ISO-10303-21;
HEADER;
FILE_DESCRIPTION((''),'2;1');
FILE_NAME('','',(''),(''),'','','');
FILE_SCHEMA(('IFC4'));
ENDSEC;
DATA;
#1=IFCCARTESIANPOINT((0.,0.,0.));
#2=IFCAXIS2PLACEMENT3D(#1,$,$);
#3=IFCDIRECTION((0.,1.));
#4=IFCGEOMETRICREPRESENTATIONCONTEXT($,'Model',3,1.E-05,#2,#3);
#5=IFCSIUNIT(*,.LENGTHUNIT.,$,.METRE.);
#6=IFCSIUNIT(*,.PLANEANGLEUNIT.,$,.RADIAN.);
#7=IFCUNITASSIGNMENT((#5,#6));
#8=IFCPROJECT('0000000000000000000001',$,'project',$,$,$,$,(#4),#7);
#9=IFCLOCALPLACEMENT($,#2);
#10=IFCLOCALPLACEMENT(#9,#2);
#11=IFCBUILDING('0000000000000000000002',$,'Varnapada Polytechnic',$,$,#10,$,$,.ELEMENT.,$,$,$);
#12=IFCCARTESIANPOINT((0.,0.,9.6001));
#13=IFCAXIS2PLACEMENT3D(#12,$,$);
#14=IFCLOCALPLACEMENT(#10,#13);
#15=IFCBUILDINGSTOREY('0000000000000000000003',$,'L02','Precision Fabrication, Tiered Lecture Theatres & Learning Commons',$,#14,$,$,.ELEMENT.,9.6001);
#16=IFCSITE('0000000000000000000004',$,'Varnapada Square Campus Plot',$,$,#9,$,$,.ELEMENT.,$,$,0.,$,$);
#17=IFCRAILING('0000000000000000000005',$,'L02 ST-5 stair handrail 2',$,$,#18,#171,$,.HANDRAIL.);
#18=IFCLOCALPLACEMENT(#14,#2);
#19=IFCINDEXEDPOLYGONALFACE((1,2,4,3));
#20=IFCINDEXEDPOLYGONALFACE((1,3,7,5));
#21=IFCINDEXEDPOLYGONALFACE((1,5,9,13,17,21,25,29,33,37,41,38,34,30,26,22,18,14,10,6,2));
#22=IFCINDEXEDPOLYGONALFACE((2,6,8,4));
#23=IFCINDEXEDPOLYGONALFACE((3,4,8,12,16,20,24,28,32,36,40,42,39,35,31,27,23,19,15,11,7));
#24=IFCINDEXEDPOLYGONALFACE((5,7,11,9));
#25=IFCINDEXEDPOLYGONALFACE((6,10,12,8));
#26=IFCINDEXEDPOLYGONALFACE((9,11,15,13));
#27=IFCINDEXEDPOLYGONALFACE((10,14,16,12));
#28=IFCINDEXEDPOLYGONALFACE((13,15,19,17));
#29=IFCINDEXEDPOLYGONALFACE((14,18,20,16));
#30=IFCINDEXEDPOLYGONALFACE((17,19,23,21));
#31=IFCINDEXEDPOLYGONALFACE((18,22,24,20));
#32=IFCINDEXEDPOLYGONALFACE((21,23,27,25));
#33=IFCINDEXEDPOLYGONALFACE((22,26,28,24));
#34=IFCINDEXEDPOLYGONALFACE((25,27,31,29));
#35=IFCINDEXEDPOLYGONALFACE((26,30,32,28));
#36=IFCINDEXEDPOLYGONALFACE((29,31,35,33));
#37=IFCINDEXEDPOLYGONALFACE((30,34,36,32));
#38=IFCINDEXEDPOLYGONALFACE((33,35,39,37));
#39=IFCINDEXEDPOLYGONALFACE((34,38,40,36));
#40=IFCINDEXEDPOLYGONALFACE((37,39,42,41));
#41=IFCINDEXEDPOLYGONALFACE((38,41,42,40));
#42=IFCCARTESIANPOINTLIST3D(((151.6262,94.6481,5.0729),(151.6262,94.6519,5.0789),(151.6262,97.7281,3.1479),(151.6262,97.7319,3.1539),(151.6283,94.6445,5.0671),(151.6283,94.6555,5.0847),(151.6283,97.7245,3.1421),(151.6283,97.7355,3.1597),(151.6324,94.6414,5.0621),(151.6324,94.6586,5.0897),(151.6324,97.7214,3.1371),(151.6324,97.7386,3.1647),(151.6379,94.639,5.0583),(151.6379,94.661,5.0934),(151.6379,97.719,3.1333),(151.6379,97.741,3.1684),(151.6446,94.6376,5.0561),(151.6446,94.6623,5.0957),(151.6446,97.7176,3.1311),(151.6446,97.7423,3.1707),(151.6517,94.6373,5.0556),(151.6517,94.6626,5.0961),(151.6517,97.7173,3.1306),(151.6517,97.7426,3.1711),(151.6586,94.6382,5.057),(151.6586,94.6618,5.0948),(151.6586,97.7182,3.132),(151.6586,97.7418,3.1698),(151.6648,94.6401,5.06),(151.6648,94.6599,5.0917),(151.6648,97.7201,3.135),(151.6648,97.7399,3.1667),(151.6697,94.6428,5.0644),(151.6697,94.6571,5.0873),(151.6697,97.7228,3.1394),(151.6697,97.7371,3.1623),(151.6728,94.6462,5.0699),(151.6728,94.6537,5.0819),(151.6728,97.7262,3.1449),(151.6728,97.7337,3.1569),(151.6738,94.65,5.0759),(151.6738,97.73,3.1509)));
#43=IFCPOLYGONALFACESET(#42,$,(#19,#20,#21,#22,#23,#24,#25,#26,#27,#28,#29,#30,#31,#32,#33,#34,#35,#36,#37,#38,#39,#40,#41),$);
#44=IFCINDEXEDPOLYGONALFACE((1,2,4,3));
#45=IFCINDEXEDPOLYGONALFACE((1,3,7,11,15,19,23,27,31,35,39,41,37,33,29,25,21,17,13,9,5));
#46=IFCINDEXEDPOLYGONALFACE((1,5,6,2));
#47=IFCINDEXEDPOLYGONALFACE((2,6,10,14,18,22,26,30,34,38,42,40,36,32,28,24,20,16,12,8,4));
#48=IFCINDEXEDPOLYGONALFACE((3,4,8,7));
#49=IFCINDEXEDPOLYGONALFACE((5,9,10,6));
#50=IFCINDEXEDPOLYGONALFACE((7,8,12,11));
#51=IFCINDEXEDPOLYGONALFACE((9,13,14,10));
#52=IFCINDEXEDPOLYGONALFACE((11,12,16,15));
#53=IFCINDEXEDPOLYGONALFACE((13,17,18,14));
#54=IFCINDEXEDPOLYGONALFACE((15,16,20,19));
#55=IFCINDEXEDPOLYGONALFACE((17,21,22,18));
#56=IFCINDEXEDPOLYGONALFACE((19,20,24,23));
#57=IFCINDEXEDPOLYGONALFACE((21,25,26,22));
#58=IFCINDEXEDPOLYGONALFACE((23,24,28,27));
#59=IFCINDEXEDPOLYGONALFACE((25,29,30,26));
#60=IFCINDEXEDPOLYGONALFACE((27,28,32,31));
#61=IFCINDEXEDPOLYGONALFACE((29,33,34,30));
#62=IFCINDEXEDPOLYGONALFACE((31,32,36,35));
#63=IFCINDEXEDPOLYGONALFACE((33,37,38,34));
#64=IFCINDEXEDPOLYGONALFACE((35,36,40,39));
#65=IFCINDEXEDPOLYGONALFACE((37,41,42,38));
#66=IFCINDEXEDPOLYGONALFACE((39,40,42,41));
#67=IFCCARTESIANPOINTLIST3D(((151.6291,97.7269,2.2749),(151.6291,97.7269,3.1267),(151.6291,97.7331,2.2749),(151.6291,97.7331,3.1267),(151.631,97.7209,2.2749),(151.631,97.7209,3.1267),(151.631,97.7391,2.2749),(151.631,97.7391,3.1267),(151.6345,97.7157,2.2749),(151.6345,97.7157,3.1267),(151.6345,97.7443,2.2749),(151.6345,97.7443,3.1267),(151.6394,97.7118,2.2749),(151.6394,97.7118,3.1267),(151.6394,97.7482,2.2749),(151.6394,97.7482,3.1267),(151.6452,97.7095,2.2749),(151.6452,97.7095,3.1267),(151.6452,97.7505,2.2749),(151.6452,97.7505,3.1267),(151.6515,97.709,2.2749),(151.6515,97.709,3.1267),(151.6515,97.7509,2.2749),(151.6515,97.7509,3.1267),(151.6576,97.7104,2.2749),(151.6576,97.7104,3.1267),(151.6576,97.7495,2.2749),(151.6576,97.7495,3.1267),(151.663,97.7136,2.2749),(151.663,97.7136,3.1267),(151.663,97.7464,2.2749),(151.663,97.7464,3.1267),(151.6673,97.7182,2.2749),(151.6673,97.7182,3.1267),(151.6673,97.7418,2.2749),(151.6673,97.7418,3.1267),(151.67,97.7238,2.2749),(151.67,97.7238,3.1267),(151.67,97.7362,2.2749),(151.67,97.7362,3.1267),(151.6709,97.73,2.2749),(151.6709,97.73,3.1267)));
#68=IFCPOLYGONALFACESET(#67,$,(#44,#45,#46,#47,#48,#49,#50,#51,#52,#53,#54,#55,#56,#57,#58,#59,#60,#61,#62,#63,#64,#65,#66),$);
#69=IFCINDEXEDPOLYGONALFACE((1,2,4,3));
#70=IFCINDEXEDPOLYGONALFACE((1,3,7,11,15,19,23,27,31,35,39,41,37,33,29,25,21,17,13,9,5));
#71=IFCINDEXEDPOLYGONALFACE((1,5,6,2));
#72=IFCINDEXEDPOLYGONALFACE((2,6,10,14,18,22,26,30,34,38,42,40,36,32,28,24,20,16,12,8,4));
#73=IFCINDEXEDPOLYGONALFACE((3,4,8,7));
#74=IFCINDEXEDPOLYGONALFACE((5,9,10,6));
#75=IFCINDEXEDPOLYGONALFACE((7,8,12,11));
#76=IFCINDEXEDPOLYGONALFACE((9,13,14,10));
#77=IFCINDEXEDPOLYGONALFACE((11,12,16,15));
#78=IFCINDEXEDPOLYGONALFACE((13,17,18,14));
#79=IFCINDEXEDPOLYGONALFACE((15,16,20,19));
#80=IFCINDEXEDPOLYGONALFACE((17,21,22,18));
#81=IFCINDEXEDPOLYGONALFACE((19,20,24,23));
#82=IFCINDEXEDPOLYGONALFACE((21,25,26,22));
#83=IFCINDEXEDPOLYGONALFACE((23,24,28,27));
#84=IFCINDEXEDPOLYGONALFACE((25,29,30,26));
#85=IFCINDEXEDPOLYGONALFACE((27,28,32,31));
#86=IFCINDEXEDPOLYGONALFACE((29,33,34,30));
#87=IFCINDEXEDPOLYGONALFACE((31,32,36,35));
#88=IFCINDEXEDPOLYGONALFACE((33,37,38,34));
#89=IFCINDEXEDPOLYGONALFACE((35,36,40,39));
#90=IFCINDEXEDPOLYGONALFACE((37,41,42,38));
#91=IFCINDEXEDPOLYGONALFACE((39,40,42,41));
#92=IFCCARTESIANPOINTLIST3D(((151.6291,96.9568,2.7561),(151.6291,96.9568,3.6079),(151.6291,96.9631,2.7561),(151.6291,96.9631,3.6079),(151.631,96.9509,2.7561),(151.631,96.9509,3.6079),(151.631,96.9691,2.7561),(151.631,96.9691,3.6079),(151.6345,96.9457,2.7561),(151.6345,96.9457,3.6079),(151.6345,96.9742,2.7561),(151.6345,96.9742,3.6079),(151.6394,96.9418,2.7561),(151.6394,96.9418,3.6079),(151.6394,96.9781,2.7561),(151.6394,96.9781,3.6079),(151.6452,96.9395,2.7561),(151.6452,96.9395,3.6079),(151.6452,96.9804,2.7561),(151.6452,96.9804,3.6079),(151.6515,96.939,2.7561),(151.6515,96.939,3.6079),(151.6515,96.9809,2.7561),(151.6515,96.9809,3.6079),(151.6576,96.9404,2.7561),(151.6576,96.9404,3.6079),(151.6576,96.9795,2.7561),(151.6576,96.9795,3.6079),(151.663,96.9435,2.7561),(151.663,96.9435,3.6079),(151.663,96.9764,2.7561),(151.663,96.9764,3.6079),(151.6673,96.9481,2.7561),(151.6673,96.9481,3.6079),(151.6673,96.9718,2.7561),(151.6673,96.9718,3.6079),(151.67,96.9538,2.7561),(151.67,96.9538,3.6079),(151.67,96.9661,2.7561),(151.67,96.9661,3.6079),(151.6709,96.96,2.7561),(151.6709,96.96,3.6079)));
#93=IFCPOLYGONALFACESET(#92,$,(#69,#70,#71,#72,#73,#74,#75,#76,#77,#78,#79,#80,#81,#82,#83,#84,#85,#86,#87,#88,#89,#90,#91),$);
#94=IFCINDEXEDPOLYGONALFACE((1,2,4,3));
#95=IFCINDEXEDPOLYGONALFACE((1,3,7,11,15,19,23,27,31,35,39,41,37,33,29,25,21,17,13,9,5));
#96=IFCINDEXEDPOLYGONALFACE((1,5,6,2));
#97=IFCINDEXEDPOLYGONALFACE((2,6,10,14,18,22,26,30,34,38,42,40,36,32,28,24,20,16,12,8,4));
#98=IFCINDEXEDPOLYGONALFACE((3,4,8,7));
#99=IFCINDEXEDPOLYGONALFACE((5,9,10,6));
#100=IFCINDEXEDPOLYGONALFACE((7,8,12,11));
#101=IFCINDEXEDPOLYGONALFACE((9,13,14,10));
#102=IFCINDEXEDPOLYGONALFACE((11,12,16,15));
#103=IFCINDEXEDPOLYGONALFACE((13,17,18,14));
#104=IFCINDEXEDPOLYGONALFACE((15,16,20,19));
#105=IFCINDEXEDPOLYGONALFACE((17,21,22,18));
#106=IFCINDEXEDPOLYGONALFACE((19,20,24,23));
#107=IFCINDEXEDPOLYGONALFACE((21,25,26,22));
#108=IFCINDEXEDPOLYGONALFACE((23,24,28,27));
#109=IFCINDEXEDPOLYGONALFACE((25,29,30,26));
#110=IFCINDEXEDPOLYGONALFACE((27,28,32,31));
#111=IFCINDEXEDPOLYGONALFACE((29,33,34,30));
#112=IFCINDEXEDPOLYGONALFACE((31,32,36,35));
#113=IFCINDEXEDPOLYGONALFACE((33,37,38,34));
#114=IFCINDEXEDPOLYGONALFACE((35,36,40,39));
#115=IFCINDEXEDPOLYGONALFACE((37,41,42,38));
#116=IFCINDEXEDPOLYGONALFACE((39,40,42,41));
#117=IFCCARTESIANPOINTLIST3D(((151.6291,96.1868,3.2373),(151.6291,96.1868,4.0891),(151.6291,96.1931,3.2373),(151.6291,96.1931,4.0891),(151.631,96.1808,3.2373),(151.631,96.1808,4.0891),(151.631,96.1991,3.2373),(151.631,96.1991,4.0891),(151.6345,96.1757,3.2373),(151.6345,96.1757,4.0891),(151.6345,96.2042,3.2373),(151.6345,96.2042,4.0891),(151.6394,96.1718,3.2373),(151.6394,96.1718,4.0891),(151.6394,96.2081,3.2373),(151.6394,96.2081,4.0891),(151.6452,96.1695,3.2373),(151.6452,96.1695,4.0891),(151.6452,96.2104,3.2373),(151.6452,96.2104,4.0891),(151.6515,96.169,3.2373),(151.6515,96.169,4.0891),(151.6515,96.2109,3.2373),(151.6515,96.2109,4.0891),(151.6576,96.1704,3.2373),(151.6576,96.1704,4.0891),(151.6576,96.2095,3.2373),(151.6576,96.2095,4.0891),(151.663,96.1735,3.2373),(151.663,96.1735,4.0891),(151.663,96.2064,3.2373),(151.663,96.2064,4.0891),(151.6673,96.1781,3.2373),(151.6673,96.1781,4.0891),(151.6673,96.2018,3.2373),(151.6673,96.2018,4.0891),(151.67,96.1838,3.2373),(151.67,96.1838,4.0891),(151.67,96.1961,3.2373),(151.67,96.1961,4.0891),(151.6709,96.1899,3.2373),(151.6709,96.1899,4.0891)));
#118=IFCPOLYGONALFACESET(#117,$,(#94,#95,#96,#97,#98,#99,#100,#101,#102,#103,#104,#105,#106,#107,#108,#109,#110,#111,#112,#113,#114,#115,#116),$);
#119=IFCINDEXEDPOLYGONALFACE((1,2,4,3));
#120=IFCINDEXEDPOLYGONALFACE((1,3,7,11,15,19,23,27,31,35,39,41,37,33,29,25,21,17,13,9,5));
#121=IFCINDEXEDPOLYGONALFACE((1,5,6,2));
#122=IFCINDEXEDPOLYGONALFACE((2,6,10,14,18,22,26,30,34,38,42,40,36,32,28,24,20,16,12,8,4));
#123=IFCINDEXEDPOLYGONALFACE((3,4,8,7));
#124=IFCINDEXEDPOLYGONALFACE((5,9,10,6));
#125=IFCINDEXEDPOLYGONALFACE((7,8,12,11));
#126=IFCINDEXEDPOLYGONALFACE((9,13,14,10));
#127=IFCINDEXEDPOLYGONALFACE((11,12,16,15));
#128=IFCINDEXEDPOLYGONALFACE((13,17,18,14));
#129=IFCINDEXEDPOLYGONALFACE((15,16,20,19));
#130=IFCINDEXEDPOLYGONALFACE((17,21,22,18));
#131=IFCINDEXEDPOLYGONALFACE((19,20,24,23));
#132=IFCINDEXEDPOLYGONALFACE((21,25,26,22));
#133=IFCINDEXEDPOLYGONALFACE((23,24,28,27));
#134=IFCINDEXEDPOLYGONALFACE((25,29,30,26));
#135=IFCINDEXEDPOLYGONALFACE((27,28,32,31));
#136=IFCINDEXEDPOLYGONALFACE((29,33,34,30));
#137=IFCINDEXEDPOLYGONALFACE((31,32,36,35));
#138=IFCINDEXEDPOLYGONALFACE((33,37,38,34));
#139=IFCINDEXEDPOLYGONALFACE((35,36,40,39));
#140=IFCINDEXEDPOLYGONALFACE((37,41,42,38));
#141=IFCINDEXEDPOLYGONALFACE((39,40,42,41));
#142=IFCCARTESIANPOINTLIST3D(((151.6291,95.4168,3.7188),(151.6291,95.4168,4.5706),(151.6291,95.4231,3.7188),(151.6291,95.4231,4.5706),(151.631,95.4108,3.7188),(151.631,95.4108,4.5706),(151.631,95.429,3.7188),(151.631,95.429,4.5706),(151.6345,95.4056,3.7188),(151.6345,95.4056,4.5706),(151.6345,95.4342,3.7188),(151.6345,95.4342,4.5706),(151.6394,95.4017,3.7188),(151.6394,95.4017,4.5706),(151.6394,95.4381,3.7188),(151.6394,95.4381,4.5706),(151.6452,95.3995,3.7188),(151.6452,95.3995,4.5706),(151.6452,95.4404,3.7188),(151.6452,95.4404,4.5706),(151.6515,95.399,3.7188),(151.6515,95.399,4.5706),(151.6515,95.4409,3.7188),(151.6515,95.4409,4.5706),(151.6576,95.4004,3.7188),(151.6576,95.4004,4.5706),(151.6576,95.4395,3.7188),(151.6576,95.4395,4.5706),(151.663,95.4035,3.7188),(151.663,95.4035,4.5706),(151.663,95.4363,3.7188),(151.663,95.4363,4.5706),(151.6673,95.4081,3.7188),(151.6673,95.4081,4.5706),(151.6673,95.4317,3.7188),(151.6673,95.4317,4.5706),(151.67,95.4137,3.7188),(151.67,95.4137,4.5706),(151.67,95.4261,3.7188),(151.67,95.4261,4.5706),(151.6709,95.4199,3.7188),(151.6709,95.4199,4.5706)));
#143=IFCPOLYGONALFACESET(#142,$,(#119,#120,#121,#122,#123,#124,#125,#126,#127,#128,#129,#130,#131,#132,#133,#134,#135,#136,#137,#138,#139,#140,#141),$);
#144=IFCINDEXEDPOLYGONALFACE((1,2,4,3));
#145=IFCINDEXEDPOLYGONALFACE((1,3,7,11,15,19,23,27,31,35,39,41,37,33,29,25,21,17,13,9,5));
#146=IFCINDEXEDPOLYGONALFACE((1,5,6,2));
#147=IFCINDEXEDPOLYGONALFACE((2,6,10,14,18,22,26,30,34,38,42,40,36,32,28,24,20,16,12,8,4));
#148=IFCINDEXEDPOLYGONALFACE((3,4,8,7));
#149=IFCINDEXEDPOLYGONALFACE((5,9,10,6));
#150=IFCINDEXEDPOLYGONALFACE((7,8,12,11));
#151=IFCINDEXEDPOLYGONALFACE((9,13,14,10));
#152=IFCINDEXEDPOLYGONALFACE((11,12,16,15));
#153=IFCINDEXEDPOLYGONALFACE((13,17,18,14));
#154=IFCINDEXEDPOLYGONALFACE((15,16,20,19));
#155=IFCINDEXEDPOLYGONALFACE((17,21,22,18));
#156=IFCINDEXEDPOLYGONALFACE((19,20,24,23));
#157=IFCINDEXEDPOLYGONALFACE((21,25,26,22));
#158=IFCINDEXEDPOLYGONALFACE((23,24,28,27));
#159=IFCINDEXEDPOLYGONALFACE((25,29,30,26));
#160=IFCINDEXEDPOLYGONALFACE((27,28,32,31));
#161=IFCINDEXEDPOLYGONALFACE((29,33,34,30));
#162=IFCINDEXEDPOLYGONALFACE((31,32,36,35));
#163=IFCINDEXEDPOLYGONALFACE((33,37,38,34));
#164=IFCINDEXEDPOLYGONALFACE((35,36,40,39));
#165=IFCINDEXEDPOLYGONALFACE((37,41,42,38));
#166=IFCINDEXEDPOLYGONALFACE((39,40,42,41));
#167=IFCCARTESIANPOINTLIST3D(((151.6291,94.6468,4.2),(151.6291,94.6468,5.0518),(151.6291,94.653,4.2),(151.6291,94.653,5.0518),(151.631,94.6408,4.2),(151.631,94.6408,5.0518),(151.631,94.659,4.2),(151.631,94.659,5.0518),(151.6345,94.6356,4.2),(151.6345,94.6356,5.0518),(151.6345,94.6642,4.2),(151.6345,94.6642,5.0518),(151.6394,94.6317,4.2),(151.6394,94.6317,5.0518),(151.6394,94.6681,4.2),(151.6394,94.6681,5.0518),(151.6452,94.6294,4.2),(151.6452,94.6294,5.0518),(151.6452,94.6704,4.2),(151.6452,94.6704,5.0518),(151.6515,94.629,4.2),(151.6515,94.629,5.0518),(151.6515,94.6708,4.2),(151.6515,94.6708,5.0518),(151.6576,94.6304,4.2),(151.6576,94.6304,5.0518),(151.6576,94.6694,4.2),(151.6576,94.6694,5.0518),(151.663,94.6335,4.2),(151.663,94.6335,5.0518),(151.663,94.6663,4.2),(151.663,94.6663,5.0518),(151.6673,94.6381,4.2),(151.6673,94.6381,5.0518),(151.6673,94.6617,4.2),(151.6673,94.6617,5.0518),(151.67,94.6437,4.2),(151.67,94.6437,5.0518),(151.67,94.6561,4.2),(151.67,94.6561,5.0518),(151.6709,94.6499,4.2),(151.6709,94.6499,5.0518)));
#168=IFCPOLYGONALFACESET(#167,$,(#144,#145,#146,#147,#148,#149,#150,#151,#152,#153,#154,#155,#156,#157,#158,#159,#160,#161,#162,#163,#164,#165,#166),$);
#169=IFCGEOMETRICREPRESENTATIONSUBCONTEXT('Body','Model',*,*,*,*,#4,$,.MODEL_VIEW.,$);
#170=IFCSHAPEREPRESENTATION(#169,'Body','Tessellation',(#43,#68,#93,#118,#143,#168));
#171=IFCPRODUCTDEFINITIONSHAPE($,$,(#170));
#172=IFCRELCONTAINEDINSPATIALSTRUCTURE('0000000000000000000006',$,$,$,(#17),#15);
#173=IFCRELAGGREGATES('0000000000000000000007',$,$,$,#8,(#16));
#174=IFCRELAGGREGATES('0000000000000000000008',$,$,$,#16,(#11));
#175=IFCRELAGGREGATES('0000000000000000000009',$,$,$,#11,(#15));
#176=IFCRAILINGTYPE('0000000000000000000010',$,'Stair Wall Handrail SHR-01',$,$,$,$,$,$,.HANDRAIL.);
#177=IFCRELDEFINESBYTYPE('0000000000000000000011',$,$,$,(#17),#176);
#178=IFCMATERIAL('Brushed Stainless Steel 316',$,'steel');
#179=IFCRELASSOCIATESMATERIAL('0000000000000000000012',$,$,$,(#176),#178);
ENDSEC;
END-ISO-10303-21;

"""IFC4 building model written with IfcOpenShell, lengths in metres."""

from ifc_helpers import new_model, si_unit, direction, frame, origin, origin_2d, place, context, subcontext, project, spatial, circle, extrude, material, type_object, element, save


model = new_model("IFC4")

# Units and contexts
model_context = context("Model", 3, precision=1e-05, world=origin(), true_north=direction((0.0, 1.0)))
body_context = subcontext(model_context, "Body", "Model", "MODEL_VIEW")
ifc_project = project(units=[si_unit("LENGTHUNIT", "METRE"), si_unit("PLANEANGLEUNIT", "RADIAN")], contexts=[model_context])

# Site, building, storey
site_placement = place(None, origin())
site = spatial("IfcSite", under=ifc_project, at=site_placement, Name="Varnapada Square Campus Plot", CompositionType="ELEMENT", RefElevation=0.0)
building_placement = place(site_placement, origin())
building = spatial("IfcBuilding", under=site, at=building_placement, Name="Varnapada Polytechnic", CompositionType="ELEMENT")
storey_placement = place(building_placement, frame((0.0, 0.0, 9.6001)))
storey = spatial("IfcBuildingStorey", under=building, at=storey_placement, Name="L02", Description="Precision Fabrication, Tiered Lecture Theatres & Learning Commons", CompositionType="ELEMENT", Elevation=9.6001)

# Railing
ifc_material_1 = material(Name="Brushed Stainless Steel 316", Category="steel")
railing_type_1 = type_object("IfcRailingType", Name="Stair Wall Handrail SHR-01", PredefinedType="HANDRAIL", material=ifc_material_1)
railing_1_placement = place(storey_placement, frame((151.6499, 97.73, 2.2749)))
element("IfcRailing", 1, at=railing_1_placement, inside=storey, type_object=railing_type_1, Name="L02 ST-5 stair handrail 2", PredefinedType="HANDRAIL", context=body_context, shape_type="SweptSolid", body=[
    extrude(circle(Radius=0.0239, at=origin_2d()), frame((0.0, 0.0, 0.876), z_axis=(0.0, -0.847998, 0.529999), x_axis=(1.0, 0.0, 0.0)), (0.0, 0.0, 1.0), 3.6321),
    extrude(circle(Radius=0.021, at=origin_2d()), origin(), (0.0, 0.0, 1.0), 0.8518),
    extrude(circle(Radius=0.021, at=origin_2d()), frame((0.0, -0.77, 0.4812)), (0.0, 0.0, 1.0), 0.8518),
    extrude(circle(Radius=0.021, at=origin_2d()), frame((0.0, -1.54, 0.9624)), (0.0, 0.0, 1.0), 0.8518),
    extrude(circle(Radius=0.021, at=origin_2d()), frame((0.0, -2.3101, 1.4438)), (0.0, 0.0, 1.0), 0.8518),
    extrude(circle(Radius=0.021, at=origin_2d()), frame((0.0, -3.0801, 1.925)), (0.0, 0.0, 1.0), 0.8518),
])

save(model, "model.ifc")
